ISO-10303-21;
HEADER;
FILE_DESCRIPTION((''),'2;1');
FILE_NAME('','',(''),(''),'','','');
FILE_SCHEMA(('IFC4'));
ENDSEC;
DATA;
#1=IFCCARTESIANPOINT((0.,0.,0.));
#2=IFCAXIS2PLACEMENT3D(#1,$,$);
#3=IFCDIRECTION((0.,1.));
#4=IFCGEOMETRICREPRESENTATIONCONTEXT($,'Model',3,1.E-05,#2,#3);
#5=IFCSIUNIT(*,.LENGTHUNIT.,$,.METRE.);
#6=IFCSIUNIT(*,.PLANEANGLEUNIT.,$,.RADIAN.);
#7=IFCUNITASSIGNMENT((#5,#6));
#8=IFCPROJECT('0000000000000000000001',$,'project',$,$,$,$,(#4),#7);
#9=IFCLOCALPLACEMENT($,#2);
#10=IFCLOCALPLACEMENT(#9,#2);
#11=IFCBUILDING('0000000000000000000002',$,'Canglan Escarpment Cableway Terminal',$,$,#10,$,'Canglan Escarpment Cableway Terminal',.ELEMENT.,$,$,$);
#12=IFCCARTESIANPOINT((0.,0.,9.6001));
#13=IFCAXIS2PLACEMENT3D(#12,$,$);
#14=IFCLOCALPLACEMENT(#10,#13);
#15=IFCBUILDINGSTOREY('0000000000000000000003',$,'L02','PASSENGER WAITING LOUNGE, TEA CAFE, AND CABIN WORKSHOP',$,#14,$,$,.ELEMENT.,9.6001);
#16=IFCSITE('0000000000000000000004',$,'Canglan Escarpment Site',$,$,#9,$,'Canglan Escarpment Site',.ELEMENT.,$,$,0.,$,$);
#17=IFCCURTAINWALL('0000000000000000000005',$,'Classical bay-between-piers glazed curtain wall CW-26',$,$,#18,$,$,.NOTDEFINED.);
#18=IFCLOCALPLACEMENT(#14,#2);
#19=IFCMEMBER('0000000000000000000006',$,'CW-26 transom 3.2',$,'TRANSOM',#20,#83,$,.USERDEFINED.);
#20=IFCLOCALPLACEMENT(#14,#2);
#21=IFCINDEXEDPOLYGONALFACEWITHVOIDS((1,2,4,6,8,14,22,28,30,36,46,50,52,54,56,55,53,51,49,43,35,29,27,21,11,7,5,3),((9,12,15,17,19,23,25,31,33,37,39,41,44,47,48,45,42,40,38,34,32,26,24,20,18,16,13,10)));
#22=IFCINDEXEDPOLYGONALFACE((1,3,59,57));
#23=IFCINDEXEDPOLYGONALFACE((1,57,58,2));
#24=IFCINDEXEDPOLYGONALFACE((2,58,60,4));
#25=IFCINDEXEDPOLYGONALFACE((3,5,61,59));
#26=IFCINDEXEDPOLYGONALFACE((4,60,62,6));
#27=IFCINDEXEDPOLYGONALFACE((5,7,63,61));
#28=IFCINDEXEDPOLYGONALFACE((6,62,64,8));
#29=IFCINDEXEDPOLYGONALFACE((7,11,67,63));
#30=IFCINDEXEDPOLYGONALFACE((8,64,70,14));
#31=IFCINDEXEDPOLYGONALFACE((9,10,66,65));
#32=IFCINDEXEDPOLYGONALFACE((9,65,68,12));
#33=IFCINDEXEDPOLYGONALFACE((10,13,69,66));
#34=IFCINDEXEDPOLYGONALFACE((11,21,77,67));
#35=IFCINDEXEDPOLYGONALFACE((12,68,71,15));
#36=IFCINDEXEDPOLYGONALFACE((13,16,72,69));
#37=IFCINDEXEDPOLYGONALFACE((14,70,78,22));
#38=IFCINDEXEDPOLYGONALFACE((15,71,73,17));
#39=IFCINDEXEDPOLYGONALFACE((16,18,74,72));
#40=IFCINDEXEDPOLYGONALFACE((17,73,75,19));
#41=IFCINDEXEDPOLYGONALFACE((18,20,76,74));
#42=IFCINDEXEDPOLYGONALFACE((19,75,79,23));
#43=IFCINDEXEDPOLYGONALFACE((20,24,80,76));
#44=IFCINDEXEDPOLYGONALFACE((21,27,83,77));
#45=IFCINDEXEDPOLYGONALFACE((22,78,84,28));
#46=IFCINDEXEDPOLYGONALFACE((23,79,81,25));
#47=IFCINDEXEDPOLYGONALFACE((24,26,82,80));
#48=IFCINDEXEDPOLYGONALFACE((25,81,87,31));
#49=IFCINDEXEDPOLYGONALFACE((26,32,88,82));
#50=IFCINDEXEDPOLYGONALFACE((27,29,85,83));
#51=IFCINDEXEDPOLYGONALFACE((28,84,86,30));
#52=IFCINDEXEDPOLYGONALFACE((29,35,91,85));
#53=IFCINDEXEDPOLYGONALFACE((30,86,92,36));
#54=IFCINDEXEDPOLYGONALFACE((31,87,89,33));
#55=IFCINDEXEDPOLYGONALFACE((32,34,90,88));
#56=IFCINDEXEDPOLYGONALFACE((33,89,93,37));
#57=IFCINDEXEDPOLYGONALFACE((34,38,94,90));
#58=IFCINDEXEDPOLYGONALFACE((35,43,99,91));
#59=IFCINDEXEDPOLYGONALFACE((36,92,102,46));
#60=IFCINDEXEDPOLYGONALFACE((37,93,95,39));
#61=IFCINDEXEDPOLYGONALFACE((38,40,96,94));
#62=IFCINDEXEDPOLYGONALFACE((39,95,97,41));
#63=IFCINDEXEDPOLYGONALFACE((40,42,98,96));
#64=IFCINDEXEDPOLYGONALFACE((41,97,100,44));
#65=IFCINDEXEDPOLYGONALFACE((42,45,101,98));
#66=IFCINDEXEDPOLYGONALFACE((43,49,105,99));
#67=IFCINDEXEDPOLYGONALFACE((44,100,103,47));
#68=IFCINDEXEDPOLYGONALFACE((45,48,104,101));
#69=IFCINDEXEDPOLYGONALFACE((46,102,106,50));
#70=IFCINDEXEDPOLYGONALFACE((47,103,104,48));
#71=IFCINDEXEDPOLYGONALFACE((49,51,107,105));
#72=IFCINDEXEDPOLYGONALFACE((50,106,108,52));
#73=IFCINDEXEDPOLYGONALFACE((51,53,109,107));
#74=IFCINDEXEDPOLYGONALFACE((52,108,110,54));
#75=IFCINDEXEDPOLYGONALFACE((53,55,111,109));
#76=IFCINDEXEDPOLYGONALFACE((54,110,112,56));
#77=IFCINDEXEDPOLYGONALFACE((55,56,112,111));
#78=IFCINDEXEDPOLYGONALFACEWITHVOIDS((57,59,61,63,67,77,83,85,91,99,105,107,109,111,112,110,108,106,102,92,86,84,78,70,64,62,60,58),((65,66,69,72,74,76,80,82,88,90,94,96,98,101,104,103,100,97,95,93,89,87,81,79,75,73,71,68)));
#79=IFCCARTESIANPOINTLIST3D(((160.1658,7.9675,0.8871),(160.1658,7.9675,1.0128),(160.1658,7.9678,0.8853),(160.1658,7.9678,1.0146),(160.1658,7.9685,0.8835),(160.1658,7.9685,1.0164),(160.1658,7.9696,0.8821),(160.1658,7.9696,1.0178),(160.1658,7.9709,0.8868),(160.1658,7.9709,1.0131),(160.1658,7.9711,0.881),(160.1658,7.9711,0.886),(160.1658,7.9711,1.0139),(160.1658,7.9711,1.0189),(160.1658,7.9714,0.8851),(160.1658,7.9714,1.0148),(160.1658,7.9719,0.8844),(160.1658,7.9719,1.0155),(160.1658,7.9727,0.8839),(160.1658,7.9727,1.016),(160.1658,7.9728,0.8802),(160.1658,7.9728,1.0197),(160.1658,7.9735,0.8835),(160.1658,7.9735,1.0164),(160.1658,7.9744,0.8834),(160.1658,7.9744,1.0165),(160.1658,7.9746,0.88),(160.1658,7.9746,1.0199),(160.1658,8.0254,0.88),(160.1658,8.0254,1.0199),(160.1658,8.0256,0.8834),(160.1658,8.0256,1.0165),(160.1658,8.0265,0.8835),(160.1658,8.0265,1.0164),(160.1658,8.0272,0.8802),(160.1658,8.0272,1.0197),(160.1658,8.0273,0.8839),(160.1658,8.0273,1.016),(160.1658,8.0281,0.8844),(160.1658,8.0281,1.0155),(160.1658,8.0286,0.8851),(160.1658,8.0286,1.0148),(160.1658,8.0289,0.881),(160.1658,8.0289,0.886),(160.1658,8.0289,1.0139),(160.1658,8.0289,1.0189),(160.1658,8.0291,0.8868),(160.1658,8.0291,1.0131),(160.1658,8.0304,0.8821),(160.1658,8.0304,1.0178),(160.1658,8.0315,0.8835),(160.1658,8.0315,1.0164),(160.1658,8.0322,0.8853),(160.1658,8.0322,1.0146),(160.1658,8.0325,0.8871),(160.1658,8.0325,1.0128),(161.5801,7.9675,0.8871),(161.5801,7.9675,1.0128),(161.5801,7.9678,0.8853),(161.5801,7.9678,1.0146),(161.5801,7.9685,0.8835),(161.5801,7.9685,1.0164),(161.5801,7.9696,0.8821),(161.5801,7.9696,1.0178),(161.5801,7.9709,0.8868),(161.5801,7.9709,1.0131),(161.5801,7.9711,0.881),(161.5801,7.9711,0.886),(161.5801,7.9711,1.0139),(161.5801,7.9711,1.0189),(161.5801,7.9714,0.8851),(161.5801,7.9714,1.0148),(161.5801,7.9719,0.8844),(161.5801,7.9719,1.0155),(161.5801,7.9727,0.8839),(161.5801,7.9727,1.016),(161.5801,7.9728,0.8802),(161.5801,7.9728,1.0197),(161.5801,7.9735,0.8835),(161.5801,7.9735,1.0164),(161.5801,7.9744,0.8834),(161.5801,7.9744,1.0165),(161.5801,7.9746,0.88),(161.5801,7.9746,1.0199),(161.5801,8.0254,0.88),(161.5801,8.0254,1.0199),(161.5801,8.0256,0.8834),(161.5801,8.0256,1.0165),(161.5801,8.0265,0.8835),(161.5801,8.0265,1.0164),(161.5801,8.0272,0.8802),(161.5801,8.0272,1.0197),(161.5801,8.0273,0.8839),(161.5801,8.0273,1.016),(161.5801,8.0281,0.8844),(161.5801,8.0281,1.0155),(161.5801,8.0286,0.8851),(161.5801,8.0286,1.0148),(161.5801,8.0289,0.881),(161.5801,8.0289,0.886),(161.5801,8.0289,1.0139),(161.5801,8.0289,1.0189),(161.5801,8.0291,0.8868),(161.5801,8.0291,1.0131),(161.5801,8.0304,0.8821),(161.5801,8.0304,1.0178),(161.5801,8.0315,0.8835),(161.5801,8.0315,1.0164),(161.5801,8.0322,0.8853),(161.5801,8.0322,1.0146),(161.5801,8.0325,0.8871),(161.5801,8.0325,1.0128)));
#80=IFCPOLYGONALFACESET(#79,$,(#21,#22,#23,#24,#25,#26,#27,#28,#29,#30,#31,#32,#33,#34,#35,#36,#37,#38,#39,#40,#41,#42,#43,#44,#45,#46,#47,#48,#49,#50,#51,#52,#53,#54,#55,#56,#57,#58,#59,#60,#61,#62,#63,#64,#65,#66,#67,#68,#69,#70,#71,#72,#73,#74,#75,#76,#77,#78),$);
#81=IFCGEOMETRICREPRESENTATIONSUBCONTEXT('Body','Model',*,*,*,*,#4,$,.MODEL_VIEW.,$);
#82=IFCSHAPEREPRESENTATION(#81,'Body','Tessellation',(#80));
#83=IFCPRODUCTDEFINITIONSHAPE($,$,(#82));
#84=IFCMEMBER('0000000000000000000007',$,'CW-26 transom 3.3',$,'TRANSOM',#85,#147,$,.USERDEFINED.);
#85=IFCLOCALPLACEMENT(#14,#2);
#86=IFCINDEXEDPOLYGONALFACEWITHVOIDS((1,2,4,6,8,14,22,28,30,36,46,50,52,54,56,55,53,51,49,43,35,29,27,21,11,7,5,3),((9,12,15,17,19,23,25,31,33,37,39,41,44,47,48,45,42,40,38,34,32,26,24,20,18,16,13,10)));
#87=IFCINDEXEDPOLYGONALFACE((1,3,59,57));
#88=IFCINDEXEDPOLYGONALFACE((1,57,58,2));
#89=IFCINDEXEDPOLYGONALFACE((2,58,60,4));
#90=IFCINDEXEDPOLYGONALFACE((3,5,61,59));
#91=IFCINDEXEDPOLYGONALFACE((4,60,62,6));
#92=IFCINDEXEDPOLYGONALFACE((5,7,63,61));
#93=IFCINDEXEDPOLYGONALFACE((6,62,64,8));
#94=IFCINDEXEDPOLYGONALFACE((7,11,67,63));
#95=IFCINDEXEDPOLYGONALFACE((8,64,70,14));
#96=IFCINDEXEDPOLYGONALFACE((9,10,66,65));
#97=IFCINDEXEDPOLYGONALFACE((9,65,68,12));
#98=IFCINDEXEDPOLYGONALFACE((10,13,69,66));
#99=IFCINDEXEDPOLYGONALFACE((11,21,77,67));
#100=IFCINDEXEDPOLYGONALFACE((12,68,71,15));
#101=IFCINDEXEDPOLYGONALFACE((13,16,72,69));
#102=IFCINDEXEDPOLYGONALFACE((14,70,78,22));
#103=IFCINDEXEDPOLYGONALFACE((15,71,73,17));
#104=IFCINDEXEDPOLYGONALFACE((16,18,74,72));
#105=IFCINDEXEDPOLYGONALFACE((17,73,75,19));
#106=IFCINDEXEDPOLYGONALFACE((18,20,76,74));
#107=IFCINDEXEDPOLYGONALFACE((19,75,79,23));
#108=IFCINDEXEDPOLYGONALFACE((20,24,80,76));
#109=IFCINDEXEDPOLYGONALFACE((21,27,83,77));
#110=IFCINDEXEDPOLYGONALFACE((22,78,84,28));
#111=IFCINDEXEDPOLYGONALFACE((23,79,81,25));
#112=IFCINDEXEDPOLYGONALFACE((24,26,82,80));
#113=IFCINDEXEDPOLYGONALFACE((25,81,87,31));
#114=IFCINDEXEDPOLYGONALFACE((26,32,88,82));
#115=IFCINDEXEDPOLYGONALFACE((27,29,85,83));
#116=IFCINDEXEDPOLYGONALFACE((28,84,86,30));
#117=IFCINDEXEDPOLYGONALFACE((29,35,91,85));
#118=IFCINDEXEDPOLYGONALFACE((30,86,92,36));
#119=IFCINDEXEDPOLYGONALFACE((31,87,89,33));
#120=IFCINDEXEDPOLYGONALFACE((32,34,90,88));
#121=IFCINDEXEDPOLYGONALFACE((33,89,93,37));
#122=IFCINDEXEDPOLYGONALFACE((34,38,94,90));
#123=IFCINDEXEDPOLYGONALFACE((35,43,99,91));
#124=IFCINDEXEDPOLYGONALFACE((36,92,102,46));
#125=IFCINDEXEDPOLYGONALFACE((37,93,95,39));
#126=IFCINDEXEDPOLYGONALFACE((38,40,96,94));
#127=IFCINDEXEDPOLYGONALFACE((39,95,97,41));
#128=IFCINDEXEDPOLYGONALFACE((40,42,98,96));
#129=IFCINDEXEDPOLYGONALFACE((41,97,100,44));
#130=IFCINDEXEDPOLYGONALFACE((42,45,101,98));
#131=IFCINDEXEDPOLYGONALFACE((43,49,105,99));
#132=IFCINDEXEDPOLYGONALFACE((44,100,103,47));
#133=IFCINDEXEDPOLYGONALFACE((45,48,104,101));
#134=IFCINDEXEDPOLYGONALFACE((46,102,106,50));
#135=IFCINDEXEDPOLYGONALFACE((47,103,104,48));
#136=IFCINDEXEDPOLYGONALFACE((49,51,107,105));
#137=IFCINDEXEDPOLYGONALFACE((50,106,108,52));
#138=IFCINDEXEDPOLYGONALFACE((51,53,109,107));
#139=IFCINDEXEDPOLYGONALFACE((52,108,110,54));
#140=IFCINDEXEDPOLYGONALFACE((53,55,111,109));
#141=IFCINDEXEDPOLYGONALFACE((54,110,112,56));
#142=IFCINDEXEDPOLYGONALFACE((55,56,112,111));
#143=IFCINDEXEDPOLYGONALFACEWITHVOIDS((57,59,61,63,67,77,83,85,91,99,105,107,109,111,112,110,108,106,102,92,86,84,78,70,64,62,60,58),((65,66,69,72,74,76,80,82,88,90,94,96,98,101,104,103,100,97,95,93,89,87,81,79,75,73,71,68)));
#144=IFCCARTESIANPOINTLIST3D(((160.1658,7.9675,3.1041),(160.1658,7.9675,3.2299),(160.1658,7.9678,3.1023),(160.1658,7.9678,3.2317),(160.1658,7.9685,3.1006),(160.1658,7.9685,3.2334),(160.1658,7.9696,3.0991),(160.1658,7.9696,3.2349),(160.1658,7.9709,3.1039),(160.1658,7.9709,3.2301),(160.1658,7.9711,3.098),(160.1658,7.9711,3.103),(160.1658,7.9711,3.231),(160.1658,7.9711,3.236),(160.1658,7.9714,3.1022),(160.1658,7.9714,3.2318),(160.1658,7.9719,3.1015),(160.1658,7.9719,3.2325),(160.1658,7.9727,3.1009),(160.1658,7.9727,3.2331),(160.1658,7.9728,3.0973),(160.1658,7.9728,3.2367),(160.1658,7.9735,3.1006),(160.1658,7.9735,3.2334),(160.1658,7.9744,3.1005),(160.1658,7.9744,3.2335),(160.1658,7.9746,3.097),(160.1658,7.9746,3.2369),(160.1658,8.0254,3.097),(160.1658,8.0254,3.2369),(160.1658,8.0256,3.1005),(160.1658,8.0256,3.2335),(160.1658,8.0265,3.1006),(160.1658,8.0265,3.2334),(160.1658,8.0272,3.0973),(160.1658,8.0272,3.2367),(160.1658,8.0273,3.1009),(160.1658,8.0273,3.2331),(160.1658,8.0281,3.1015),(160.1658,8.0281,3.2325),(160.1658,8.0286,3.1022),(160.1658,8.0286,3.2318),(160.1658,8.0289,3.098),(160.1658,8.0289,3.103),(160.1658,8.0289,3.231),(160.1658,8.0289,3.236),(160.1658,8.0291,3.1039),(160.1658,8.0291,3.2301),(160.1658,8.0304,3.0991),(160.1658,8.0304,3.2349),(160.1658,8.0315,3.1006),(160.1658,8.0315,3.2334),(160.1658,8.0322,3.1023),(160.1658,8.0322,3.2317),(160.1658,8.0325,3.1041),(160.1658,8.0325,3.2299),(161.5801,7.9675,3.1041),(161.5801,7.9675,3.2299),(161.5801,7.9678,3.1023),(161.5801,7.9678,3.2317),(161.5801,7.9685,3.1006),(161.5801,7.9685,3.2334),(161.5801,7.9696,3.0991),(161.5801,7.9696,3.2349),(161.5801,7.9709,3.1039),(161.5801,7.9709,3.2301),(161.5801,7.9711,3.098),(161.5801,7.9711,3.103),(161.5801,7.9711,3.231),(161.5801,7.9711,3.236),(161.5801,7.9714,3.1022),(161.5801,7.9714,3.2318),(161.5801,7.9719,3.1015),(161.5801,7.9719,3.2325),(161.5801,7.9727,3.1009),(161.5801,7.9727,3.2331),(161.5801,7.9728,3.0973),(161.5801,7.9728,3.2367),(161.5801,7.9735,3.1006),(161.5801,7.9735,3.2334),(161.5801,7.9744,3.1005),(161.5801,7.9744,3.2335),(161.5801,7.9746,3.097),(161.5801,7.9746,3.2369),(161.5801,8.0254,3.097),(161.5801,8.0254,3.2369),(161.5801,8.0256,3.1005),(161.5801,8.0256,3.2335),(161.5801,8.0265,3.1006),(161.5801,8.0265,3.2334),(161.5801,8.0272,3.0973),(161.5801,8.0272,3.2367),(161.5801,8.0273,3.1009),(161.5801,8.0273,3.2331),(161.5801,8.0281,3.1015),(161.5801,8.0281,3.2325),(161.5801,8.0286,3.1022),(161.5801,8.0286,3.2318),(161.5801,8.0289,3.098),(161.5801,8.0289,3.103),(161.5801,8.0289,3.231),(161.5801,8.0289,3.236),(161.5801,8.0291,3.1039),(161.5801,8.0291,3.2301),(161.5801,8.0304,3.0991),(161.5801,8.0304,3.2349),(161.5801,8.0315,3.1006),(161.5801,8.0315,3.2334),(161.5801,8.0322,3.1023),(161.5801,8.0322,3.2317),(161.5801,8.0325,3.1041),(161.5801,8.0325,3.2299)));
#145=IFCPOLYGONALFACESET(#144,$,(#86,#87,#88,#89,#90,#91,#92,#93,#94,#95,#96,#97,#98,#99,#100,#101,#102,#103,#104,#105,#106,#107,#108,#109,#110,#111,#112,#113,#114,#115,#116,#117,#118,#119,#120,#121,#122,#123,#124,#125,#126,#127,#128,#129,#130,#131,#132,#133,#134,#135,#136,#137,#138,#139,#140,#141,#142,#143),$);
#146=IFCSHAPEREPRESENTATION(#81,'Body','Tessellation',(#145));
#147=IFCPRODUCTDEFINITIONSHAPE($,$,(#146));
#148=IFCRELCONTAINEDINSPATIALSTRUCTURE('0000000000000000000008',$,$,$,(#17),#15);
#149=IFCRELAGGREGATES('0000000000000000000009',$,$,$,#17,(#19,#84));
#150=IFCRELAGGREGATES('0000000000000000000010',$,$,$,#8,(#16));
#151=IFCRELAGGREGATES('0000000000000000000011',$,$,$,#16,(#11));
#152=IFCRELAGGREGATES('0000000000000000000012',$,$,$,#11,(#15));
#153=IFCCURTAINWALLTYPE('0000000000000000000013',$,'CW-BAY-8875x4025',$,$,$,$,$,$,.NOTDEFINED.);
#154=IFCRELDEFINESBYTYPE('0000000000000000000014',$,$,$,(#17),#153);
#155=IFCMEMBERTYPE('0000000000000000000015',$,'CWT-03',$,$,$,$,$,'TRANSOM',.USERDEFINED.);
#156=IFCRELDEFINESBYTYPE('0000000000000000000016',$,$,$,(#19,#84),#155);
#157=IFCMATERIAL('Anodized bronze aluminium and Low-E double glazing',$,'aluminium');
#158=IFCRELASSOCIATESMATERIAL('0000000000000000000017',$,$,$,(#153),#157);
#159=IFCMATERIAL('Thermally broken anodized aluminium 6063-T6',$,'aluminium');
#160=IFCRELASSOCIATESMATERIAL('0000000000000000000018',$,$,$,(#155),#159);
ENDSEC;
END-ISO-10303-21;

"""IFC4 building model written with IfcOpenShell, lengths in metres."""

from ifc_helpers import new_model, si_unit, direction, frame, origin, origin_2d, place, context, subcontext, project, spatial, hollow_rectangle, extrude, material, material_profile, profile_set, type_object, element, aggregate, save


model = new_model("IFC4")

# Units and contexts
model_context = context("Model", 3, precision=1e-05, world=origin(), true_north=direction((0.0, 1.0)))
body_context = subcontext(model_context, "Body", "Model", "MODEL_VIEW")
ifc_project = project(units=[si_unit("LENGTHUNIT", "METRE"), si_unit("PLANEANGLEUNIT", "RADIAN")], contexts=[model_context])

# Site, building, storey
site_placement = place(None, origin())
site = spatial("IfcSite", under=ifc_project, at=site_placement, Name="Canglan Escarpment Site", LongName="Canglan Escarpment Site", CompositionType="ELEMENT", RefElevation=0.0)
building_placement = place(site_placement, origin())
building = spatial("IfcBuilding", under=site, at=building_placement, Name="Canglan Escarpment Cableway Terminal", LongName="Canglan Escarpment Cableway Terminal", CompositionType="ELEMENT")
storey_placement = place(building_placement, frame((0.0, 0.0, 9.6001)))
storey = spatial("IfcBuildingStorey", under=building, at=storey_placement, Name="L02", Description="PASSENGER WAITING LOUNGE, TEA CAFE, AND CABIN WORKSHOP", CompositionType="ELEMENT", Elevation=9.6001)

# Curtain wall, members
ifc_material_1 = material(Name="Anodized bronze aluminium and Low-E double glazing", Category="aluminium")
curtain_wall_type = type_object("IfcCurtainWallType", Name="CW-BAY-8875x4025", PredefinedType="NOTDEFINED", material=ifc_material_1)
curtain_wall_placement = place(storey_placement, origin())
curtain_wall = element("IfcCurtainWall", 1, at=curtain_wall_placement, inside=storey, type_object=curtain_wall_type, Name="Classical bay-between-piers glazed curtain wall CW-26", PredefinedType="NOTDEFINED")
ifc_material_2 = material(Name="Thermally broken anodized aluminium 6063-T6", Category="aluminium")
ifc_material_profile_1 = material_profile(ifc_material_2, hollow_rectangle(XDim=0.0649, YDim=0.1399, WallThickness=0.0034, InnerFilletRadius=0.0034, OuterFilletRadius=0.0071, at=origin_2d()), Name="ALU-TRAN 65x140x3.5")
ifc_profile_set_1 = profile_set([ifc_material_profile_1], Name="Thermally broken anodized aluminium 6063-T6")
member_type_1 = type_object("IfcMemberType", Name="CWT-03", ElementType="TRANSOM", PredefinedType="USERDEFINED", material=ifc_profile_set_1)
member_1_placement = place(storey_placement, frame((160.1658, 8.0, 0.95), z_axis=(1.0, 0.0, 0.0), x_axis=(0.0, 1.0, 0.0)))
member_1 = element("IfcMember", 2, at=member_1_placement, type_object=member_type_1, Name="CW-26 transom 3.2", ObjectType="TRANSOM", PredefinedType="USERDEFINED", context=body_context, shape_type="SweptSolid", body=[
    extrude(hollow_rectangle(XDim=0.0649, YDim=0.1399, WallThickness=0.0034, InnerFilletRadius=0.0034, OuterFilletRadius=0.0071, at=origin_2d()), origin(), (0.0, 0.0, 1.0), 1.4143),
])
member_2_placement = place(storey_placement, frame((160.1658, 8.0, 3.167), z_axis=(1.0, 0.0, 0.0), x_axis=(0.0, 1.0, 0.0)))
member_2 = element("IfcMember", 3, at=member_2_placement, type_object=member_type_1, Name="CW-26 transom 3.3", ObjectType="TRANSOM", PredefinedType="USERDEFINED", context=body_context, shape_type="SweptSolid", body=[
    extrude(hollow_rectangle(XDim=0.0649, YDim=0.1399, WallThickness=0.0034, InnerFilletRadius=0.0034, OuterFilletRadius=0.0071, at=origin_2d()), origin(), (0.0, 0.0, 1.0), 1.4143),
])
aggregate(curtain_wall, [member_1, member_2])

save(model, "model.ifc")
